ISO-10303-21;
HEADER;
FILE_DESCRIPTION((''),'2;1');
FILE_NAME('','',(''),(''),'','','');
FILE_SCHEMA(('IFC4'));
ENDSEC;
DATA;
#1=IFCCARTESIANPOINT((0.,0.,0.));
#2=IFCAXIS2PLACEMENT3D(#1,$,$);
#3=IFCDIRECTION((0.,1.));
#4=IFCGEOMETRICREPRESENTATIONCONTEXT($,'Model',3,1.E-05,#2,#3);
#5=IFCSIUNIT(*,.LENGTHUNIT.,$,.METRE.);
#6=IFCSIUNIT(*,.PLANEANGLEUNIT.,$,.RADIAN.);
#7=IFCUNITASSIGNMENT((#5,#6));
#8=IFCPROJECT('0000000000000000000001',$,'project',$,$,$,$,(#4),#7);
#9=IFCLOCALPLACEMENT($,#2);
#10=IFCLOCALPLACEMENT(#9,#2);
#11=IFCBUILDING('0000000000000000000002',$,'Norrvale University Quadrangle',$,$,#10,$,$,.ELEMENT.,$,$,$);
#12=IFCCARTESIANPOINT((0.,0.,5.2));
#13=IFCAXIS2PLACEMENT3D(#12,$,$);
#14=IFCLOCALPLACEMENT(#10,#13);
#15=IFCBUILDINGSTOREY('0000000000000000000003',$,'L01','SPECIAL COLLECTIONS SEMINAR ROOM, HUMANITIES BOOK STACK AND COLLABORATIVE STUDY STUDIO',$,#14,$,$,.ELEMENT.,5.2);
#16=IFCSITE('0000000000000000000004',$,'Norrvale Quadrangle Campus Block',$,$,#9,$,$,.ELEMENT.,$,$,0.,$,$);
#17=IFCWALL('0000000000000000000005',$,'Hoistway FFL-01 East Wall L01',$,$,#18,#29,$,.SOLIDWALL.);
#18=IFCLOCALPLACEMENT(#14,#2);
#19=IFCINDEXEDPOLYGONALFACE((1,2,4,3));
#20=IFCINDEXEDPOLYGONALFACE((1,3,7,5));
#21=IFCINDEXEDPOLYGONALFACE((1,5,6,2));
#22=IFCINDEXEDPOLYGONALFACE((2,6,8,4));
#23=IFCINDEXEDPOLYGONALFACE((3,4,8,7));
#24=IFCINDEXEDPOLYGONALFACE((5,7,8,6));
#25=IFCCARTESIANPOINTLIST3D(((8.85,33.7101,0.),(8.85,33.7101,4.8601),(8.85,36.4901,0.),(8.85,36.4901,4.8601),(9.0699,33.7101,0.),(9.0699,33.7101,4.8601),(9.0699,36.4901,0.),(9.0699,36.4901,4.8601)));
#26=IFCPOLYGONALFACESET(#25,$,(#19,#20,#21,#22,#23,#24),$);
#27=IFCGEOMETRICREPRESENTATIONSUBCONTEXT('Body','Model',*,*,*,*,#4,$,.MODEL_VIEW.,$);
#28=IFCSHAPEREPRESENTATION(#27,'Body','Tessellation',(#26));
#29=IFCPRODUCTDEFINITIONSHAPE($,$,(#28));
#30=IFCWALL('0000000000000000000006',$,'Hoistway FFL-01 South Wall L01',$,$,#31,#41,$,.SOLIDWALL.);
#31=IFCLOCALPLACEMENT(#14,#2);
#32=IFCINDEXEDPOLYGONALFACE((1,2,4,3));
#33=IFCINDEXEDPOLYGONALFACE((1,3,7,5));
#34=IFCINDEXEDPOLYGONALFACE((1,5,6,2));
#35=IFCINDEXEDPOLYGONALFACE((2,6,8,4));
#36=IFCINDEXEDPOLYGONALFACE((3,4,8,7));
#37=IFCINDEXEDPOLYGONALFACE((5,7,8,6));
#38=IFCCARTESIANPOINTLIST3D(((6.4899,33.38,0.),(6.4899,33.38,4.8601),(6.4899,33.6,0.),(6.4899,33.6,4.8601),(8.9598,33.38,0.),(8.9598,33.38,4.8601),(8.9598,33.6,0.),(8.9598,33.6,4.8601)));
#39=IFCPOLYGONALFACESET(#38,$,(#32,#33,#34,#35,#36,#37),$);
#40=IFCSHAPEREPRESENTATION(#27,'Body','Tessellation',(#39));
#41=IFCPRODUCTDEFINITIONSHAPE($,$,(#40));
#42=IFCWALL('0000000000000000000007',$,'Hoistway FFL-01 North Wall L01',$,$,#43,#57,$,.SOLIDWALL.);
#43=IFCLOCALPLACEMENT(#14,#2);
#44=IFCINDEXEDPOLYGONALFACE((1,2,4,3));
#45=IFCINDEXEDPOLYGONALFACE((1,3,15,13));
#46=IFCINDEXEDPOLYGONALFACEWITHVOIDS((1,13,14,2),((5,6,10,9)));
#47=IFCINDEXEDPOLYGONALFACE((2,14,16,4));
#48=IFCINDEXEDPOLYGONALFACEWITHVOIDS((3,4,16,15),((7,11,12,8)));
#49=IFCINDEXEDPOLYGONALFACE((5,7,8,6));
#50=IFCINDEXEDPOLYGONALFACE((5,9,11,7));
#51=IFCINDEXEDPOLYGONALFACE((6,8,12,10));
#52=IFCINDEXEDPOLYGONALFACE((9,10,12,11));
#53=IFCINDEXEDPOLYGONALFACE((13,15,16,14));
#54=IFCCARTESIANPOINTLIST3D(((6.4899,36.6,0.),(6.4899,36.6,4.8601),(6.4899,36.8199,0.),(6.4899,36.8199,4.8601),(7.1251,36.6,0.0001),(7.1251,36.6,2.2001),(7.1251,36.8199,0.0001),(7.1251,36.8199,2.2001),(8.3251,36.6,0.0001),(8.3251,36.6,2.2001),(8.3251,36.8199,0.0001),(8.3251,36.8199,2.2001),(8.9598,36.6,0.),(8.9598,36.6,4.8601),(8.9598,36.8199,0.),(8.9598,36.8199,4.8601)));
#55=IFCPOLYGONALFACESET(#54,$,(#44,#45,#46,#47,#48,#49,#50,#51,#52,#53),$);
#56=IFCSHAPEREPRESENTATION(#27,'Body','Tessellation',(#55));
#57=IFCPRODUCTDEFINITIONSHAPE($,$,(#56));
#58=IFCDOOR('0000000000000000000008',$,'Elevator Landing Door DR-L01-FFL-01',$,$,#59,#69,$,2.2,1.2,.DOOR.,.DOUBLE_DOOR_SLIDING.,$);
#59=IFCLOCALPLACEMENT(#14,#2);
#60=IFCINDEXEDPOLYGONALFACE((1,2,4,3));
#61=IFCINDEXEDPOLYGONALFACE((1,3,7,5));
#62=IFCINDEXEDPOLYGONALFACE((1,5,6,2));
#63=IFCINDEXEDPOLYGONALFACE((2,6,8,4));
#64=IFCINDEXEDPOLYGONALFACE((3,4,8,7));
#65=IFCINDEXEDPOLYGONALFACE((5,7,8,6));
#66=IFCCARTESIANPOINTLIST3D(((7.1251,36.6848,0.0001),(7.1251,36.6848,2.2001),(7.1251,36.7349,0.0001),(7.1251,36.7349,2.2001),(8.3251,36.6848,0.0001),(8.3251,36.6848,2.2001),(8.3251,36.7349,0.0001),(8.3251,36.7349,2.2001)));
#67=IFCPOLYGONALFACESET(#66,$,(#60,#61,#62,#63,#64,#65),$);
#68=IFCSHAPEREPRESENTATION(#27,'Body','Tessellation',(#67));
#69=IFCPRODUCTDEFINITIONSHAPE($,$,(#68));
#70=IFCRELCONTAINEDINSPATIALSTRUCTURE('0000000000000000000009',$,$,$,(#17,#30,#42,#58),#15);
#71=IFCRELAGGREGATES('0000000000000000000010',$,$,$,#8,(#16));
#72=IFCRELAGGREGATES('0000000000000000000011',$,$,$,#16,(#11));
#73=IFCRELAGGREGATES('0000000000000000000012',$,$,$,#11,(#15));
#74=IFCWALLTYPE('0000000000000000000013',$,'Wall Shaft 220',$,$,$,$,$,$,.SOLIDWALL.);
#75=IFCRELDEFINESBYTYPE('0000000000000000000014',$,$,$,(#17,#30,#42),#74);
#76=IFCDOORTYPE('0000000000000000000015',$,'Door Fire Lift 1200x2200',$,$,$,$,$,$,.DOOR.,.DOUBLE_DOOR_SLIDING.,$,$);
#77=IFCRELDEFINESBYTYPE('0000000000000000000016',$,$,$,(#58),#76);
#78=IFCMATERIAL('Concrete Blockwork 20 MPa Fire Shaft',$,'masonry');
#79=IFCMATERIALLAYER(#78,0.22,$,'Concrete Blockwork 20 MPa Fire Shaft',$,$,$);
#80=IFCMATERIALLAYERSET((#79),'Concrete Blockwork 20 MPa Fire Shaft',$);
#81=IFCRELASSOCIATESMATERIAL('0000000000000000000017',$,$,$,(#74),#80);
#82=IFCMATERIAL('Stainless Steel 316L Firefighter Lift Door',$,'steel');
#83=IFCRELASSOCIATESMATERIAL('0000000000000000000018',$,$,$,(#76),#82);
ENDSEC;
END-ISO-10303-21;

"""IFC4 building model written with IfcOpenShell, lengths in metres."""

from ifc_helpers import new_model, si_unit, direction, frame, frame_2d, origin, place, context, subcontext, project, spatial, rectangle, extrude, material, layer, layer_set, type_object, element, fill, save


model = new_model("IFC4")

# Units and contexts
model_context = context("Model", 3, precision=1e-05, world=origin(), true_north=direction((0.0, 1.0)))
body_context = subcontext(model_context, "Body", "Model", "MODEL_VIEW")
ifc_project = project(units=[si_unit("LENGTHUNIT", "METRE"), si_unit("PLANEANGLEUNIT", "RADIAN")], contexts=[model_context])

# Site, building, storey
site_placement = place(None, origin())
site = spatial("IfcSite", under=ifc_project, at=site_placement, Name="Norrvale Quadrangle Campus Block", CompositionType="ELEMENT", RefElevation=0.0)
building_placement = place(site_placement, origin())
building = spatial("IfcBuilding", under=site, at=building_placement, Name="Norrvale University Quadrangle", CompositionType="ELEMENT")
storey_placement = place(building_placement, frame((0.0, 0.0, 5.2)))
storey = spatial("IfcBuildingStorey", under=building, at=storey_placement, Name="L01", Description="SPECIAL COLLECTIONS SEMINAR ROOM, HUMANITIES BOOK STACK AND COLLABORATIVE STUDY STUDIO", CompositionType="ELEMENT", Elevation=5.2)

# Shared definitions
ifc_material_1 = material(Name="Concrete Blockwork 20 MPa Fire Shaft", Category="masonry")
ifc_layer_1 = layer(ifc_material_1, 0.22, Name="Concrete Blockwork 20 MPa Fire Shaft")
ifc_layer_set_1 = layer_set([ifc_layer_1], Name="Concrete Blockwork 20 MPa Fire Shaft")
wall_type_1 = type_object("IfcWallType", Name="Wall Shaft 220", PredefinedType="SOLIDWALL", material=ifc_layer_set_1)

# Walls
for number, where, z_axis, x_axis, name in (
    (1, (8.96, 33.71, 0.0), (0.0, 0.0, 1.0), (0.0, 1.0, 0.0), "Hoistway FFL-01 East Wall L01"),
):
    element("IfcWall", number, at=place(storey_placement, frame(where, z_axis=z_axis, x_axis=x_axis)), inside=storey, type_object=wall_type_1, Name=name, PredefinedType="SOLIDWALL", context=body_context, shape_type="SweptSolid", body=[
        extrude(rectangle(XDim=2.78, YDim=0.22, at=frame_2d((1.3901, 0.0))), origin(), (0.0, 0.0, 1.0), 4.8601),
    ])
wall_1_placement = place(storey_placement, frame((6.49, 33.49, 0.0), z_axis=(0.0, 0.0, 1.0), x_axis=(1.0, 0.0, 0.0)))
element("IfcWall", 2, at=wall_1_placement, inside=storey, type_object=wall_type_1, Name="Hoistway FFL-01 South Wall L01", PredefinedType="SOLIDWALL", context=body_context, shape_type="SweptSolid", body=[
    extrude(rectangle(XDim=2.47, YDim=0.22, at=frame_2d((1.2349, 0.0))), origin(), (0.0, 0.0, 1.0), 4.8601),
])

# Wall, opening, door
wall_2_placement = place(storey_placement, frame((6.49, 36.71, 0.0), z_axis=(0.0, 0.0, 1.0), x_axis=(1.0, 0.0, 0.0)))
wall_2 = element("IfcWall", 3, at=wall_2_placement, inside=storey, type_object=wall_type_1, Name="Hoistway FFL-01 North Wall L01", PredefinedType="SOLIDWALL", context=body_context, shape_type="SweptSolid", body=[
    extrude(rectangle(XDim=2.47, YDim=0.22, at=frame_2d((1.2349, 0.0))), origin(), (0.0, 0.0, 1.0), 4.8601),
])
opening_1_placement = place(wall_2_placement, frame((0.635, 0.0, 0.0)))
opening_1 = element("IfcOpeningElement", 4, at=opening_1_placement, cuts=wall_2, PredefinedType="OPENING", context=body_context, shape_type="SweptSolid", body=[
    extrude(rectangle(XDim=1.2, YDim=2.2, at=frame_2d((0.6001, 1.1001))), frame((0.0, 0.1221, 0.0), z_axis=(0.0, -1.0, 0.0), x_axis=(1.0, 0.0, 0.0)), (0.0, 0.0, 1.0), 0.2439),
])
ifc_material_2 = material(Name="Stainless Steel 316L Firefighter Lift Door", Category="steel")
door_type_1 = type_object("IfcDoorType", Name="Door Fire Lift 1200x2200", OperationType="DOUBLE_DOOR_SLIDING", PredefinedType="DOOR", material=ifc_material_2)
door_1_placement = place(opening_1_placement, origin())
door_1 = element("IfcDoor", 5, at=door_1_placement, inside=storey, type_object=door_type_1, Name="Elevator Landing Door DR-L01-FFL-01", OperationType="DOUBLE_DOOR_SLIDING", OverallHeight=2.2, OverallWidth=1.2, PredefinedType="DOOR", context=body_context, shape_type="SweptSolid", body=[
    extrude(rectangle(XDim=1.2, YDim=2.2, at=frame_2d((0.6001, 1.1001))), frame((0.0, 0.0249, 0.0), z_axis=(0.0, -1.0, 0.0), x_axis=(1.0, 0.0, 0.0)), (0.0, 0.0, 1.0), 0.05),
])
fill(opening_1, door_1)

save(model, "model.ifc")
